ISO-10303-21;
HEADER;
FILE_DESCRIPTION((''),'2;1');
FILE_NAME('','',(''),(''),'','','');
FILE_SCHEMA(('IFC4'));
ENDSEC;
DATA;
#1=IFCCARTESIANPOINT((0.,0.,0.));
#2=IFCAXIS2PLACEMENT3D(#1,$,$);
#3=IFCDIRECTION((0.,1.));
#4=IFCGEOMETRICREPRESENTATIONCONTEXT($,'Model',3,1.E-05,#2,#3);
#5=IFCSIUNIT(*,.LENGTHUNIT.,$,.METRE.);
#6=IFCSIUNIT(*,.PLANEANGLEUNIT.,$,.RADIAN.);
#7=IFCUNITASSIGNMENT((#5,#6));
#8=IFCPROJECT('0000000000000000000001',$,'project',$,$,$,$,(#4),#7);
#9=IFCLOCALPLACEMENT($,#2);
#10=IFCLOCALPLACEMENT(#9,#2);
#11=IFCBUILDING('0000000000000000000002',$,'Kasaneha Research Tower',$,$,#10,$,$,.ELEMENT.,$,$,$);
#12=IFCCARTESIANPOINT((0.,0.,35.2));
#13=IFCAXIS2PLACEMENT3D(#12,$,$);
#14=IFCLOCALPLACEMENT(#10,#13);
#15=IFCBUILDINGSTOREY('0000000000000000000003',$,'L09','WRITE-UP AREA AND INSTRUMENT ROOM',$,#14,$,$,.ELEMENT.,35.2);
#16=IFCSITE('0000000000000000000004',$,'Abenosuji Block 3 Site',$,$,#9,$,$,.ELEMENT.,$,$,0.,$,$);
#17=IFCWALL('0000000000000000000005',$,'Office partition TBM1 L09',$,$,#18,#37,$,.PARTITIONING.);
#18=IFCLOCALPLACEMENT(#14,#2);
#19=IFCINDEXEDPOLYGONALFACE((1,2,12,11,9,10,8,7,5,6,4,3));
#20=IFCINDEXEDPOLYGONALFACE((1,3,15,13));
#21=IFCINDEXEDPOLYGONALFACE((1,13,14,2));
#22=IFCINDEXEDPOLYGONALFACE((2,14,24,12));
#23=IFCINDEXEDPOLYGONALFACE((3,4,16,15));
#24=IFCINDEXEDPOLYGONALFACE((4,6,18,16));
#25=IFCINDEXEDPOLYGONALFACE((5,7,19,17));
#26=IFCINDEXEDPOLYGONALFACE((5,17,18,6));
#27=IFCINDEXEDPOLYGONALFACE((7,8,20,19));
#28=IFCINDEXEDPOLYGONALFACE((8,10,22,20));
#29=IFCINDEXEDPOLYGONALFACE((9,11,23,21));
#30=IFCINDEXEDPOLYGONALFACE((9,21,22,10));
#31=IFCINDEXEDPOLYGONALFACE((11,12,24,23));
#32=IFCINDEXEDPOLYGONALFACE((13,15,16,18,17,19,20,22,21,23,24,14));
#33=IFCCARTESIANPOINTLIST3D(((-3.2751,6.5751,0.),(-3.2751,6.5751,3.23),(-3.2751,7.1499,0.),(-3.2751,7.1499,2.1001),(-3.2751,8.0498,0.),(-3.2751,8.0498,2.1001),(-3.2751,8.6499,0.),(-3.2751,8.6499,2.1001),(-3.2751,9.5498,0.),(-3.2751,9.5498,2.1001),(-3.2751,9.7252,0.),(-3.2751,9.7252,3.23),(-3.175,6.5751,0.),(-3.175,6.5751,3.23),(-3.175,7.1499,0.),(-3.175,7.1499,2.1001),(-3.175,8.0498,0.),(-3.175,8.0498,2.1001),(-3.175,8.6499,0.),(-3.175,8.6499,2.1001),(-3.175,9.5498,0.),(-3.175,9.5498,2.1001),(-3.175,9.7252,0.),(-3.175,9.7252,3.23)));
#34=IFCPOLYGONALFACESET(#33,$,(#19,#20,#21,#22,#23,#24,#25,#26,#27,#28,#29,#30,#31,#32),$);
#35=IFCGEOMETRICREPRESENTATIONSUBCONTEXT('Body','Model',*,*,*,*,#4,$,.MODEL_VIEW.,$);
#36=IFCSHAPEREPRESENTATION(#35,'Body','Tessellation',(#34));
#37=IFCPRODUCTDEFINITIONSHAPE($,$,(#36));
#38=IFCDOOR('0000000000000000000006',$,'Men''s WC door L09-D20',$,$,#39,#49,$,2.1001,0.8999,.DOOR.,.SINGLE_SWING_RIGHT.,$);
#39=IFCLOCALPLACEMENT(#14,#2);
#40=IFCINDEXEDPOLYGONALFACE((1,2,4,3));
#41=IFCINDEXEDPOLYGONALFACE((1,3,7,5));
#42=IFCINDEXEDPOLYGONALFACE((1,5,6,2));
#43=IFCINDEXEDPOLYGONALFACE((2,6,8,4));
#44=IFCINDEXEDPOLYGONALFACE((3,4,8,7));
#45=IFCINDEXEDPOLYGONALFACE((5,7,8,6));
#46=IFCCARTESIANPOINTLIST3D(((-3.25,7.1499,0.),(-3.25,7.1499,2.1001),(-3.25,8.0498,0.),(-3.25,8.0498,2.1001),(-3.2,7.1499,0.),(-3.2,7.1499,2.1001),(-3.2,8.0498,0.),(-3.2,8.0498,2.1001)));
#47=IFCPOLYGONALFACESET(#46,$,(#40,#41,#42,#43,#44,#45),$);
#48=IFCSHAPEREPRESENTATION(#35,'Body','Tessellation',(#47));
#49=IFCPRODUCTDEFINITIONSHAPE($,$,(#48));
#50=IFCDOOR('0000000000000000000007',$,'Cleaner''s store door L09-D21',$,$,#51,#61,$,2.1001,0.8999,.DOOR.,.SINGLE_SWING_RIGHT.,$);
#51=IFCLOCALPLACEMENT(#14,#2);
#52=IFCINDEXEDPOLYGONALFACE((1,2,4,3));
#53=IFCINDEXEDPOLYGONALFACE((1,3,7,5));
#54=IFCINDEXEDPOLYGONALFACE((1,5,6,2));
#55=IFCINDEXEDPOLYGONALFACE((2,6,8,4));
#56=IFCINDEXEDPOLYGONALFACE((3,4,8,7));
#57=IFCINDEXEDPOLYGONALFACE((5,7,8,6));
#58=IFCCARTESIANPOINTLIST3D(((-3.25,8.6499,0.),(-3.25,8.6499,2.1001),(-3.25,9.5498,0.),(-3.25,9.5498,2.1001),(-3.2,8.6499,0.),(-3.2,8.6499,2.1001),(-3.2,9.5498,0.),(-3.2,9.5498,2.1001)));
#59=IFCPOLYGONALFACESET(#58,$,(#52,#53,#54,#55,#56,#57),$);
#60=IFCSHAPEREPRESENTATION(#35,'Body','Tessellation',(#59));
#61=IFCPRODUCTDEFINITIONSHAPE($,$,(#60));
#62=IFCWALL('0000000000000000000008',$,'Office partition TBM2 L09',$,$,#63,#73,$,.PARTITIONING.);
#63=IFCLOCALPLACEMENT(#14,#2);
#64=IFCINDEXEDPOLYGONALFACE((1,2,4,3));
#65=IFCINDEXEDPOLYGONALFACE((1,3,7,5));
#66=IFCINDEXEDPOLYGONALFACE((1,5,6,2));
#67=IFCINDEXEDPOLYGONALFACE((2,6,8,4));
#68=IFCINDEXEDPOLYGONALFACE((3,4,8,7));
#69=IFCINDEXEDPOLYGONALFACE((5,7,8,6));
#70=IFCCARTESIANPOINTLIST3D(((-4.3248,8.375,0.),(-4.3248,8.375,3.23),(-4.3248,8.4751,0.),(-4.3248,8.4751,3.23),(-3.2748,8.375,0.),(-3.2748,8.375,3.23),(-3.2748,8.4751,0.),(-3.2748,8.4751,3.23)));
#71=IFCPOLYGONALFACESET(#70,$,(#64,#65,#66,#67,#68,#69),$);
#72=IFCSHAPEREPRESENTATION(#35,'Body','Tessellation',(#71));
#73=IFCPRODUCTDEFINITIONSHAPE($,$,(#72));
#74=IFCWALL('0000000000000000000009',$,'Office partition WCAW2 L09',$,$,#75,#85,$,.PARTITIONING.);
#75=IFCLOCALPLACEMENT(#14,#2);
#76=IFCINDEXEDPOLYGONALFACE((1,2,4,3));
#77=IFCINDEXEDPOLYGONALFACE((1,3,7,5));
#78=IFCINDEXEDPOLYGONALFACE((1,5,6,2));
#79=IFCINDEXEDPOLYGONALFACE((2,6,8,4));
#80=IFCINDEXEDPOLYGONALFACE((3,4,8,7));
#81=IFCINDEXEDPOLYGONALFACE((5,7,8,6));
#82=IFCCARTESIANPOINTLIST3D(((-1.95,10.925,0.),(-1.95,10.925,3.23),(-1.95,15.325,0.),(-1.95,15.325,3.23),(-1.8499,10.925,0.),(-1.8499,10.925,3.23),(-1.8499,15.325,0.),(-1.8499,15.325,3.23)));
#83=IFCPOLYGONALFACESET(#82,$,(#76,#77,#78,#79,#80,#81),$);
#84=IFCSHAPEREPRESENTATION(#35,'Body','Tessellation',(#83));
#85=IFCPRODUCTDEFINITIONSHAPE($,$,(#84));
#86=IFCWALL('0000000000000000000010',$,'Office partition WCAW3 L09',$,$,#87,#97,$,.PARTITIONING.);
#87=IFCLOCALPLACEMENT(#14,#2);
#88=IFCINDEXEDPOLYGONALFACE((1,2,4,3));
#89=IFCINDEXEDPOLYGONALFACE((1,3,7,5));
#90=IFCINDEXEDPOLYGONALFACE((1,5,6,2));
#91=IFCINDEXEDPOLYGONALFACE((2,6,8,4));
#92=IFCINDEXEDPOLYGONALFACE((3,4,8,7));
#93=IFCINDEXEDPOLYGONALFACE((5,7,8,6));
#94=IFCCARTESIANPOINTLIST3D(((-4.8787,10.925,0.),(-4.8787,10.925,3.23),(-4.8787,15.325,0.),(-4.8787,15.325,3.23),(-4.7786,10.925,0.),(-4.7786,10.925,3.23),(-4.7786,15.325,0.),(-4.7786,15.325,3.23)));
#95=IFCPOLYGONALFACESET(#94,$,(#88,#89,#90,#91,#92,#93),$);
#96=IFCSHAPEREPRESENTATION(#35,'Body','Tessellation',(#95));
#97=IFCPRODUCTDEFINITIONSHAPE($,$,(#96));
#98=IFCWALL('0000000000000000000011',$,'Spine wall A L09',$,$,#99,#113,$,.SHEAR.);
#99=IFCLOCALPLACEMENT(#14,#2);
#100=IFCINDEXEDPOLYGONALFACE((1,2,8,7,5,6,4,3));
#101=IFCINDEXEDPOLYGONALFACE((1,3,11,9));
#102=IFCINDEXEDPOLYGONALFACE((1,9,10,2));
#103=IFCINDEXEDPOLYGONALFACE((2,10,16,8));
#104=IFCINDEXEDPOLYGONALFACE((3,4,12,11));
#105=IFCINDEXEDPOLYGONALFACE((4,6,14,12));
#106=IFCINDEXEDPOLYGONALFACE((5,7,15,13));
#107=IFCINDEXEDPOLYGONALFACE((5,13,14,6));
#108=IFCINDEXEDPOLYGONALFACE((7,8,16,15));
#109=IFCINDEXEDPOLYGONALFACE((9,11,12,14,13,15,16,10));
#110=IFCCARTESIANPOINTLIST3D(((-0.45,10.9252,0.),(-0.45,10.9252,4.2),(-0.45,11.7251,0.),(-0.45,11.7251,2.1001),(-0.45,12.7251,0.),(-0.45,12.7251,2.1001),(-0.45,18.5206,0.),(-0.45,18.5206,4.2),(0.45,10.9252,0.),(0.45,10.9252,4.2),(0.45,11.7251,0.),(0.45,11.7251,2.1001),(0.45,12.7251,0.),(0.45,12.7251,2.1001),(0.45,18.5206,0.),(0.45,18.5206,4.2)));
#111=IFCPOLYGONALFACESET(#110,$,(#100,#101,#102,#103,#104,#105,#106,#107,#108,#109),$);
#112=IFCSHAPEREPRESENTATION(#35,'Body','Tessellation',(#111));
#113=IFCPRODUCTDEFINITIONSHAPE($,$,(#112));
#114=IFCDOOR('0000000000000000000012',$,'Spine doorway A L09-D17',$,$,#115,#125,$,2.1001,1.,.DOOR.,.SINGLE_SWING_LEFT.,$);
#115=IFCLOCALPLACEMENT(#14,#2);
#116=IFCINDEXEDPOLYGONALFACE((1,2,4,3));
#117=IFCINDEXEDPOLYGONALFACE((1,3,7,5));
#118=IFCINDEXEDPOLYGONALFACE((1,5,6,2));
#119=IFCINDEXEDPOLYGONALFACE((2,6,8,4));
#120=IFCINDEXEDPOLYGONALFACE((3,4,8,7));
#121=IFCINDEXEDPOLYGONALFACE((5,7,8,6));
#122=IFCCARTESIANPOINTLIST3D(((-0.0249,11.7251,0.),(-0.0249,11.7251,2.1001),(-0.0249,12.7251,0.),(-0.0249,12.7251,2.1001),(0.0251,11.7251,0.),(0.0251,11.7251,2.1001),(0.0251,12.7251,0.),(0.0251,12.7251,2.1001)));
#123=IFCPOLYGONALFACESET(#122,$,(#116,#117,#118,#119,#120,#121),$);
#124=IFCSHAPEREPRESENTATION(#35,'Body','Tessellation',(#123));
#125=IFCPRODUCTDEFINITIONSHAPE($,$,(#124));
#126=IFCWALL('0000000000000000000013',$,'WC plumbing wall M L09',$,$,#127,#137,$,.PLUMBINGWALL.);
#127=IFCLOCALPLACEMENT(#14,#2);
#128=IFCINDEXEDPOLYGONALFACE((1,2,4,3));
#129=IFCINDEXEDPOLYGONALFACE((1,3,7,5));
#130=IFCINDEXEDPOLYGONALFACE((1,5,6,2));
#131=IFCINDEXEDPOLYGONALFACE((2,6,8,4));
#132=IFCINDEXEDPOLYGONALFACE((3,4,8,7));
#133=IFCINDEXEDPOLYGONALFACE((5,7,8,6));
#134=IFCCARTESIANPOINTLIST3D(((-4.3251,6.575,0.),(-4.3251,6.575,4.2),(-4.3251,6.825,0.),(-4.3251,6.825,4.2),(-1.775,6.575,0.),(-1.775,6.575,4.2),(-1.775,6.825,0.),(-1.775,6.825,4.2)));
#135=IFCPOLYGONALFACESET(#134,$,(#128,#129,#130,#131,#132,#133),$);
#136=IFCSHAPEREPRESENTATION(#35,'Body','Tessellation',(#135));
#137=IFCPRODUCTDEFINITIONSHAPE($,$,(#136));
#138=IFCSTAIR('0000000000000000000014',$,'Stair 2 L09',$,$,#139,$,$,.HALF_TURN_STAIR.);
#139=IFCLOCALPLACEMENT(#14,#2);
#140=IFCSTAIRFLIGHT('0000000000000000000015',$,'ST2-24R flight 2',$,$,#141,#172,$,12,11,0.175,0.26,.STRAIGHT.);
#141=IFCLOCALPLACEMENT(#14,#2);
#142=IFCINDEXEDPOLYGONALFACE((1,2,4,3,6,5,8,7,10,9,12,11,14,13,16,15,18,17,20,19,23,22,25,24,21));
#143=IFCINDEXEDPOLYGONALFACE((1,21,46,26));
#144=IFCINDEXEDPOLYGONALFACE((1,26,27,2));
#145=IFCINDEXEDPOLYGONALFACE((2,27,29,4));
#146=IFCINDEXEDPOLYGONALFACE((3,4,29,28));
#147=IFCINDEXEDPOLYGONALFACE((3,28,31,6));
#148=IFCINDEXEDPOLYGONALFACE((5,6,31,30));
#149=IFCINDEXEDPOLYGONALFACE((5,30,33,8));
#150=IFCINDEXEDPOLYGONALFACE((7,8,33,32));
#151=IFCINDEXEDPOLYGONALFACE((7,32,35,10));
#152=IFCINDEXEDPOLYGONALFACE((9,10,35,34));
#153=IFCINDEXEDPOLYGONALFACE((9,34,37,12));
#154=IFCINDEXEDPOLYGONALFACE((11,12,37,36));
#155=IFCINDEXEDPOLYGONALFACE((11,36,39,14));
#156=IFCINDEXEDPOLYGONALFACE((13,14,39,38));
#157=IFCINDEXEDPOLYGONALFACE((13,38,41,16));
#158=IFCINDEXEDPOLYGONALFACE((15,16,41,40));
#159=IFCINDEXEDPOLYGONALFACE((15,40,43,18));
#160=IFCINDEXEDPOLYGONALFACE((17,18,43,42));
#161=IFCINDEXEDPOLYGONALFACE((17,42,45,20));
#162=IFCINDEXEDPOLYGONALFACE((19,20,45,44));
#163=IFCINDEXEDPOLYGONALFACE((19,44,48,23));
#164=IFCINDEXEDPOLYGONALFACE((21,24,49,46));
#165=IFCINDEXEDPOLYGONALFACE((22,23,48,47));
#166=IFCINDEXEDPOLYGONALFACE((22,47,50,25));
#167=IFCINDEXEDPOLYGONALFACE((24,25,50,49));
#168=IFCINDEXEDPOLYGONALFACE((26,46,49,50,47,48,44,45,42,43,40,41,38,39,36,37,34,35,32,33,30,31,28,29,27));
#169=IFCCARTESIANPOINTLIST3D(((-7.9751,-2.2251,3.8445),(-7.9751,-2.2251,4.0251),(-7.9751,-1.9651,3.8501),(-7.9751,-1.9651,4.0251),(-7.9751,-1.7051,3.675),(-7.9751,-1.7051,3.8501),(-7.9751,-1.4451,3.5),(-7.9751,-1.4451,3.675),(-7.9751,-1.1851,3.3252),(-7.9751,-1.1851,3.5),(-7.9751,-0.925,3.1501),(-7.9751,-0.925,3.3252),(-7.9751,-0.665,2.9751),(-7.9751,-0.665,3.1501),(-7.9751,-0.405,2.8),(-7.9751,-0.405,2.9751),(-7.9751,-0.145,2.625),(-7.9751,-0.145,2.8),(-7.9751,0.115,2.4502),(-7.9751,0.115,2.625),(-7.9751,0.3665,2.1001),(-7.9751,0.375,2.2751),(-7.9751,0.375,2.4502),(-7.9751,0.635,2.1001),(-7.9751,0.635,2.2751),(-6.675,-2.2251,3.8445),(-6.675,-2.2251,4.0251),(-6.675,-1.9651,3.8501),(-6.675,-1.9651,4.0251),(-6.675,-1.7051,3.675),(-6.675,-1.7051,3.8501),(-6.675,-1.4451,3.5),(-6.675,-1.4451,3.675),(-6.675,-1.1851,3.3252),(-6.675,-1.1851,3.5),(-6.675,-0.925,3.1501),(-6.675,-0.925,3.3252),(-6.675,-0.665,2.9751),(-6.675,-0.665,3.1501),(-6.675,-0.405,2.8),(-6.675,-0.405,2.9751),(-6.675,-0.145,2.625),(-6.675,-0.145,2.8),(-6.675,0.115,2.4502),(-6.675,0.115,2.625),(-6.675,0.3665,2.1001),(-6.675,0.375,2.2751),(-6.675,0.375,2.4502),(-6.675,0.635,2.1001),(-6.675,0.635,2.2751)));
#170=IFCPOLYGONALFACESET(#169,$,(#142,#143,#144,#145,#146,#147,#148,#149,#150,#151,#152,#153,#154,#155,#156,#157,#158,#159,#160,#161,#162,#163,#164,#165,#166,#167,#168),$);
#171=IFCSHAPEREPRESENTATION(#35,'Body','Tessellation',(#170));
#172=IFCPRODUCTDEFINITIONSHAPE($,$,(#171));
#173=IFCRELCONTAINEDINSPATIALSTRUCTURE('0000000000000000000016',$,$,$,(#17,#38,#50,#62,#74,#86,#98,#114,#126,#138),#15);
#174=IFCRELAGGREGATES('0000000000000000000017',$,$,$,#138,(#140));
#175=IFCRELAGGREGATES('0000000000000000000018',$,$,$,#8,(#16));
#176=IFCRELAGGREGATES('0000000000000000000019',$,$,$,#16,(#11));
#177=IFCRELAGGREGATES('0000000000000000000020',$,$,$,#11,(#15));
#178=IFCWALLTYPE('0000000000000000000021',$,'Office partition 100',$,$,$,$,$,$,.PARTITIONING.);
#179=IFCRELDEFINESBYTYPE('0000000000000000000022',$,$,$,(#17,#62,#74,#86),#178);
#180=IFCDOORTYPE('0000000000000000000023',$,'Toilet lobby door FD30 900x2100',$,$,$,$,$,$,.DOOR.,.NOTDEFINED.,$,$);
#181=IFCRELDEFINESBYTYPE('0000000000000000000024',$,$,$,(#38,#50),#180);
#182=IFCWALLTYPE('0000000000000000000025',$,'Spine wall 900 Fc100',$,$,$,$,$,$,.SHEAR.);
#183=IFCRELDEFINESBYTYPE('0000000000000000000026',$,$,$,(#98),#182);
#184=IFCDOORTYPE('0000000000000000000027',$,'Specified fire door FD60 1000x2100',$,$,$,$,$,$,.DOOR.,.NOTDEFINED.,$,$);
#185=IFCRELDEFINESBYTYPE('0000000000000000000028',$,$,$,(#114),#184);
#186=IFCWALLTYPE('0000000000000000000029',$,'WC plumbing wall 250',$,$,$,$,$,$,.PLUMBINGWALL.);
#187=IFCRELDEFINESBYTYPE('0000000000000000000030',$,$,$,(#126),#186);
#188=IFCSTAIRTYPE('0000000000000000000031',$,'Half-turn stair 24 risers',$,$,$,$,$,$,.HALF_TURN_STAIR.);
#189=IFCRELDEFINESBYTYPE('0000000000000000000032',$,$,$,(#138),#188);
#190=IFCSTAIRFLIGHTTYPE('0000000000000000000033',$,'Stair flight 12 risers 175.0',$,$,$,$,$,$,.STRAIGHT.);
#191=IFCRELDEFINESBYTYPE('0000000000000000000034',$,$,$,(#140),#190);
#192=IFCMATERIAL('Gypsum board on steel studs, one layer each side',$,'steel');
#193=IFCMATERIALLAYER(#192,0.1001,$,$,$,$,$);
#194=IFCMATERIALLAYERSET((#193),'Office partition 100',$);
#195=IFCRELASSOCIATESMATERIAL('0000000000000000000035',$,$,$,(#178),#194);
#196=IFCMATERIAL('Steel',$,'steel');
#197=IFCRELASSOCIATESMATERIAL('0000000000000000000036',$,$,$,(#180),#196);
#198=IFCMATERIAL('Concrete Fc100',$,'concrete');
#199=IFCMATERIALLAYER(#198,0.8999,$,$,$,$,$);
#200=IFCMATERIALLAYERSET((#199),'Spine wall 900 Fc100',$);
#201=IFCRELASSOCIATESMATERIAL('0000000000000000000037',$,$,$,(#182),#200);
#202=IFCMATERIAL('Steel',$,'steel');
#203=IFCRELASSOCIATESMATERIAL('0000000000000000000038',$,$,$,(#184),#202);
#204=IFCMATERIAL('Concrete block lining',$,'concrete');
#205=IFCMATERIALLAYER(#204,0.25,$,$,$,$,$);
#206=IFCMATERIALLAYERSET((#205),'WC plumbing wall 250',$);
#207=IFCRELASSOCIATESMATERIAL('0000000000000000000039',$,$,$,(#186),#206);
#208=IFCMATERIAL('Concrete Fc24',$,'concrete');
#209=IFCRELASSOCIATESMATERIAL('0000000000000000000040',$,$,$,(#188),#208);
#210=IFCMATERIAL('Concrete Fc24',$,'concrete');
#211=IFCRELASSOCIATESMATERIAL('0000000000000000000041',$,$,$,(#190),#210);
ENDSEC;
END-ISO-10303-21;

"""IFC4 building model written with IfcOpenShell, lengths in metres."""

from ifc_helpers import new_model, si_unit, direction, frame, frame_2d, origin, place, context, subcontext, project, spatial, polyline, rectangle, outline, extrude, material, layer, layer_set, type_object, element, fill, aggregate, save


model = new_model("IFC4")

# Units and contexts
model_context = context("Model", 3, precision=1e-05, world=origin(), true_north=direction((0.0, 1.0)))
body_context = subcontext(model_context, "Body", "Model", "MODEL_VIEW")
ifc_project = project(units=[si_unit("LENGTHUNIT", "METRE"), si_unit("PLANEANGLEUNIT", "RADIAN")], contexts=[model_context])

# Site, building, storey
site_placement = place(None, origin())
site = spatial("IfcSite", under=ifc_project, at=site_placement, Name="Abenosuji Block 3 Site", CompositionType="ELEMENT", RefElevation=0.0)
building_placement = place(site_placement, origin())
building = spatial("IfcBuilding", under=site, at=building_placement, Name="Kasaneha Research Tower", CompositionType="ELEMENT")
storey_placement = place(building_placement, frame((0.0, 0.0, 35.2)))
storey = spatial("IfcBuildingStorey", under=building, at=storey_placement, Name="L09", Description="WRITE-UP AREA AND INSTRUMENT ROOM", CompositionType="ELEMENT", Elevation=35.2)

# Wall, openings, doors
ifc_material_1 = material(Name="Gypsum board on steel studs, one layer each side", Category="steel")
ifc_layer_1 = layer(ifc_material_1, 0.1001)
ifc_layer_set_1 = layer_set([ifc_layer_1], Name="Office partition 100")
wall_type_1 = type_object("IfcWallType", Name="Office partition 100", PredefinedType="PARTITIONING", material=ifc_layer_set_1)
wall_1_placement = place(storey_placement, frame((-3.2251, 6.575, 0.0), z_axis=(0.0, 0.0, 1.0), x_axis=(0.0, 1.0, 0.0)))
wall_1 = element("IfcWall", 1, at=wall_1_placement, inside=storey, type_object=wall_type_1, Name="Office partition TBM1 L09", PredefinedType="PARTITIONING", context=body_context, shape_type="SweptSolid", body=[
    extrude(rectangle(XDim=3.1501, YDim=0.1001, at=frame_2d((1.5752, 0.0))), origin(), (0.0, 0.0, 1.0), 3.23),
])
opening_1_placement = place(wall_1_placement, frame((0.575, 0.0, 0.0)))
opening_1 = element("IfcOpeningElement", 2, at=opening_1_placement, cuts=wall_1, PredefinedType="OPENING", context=body_context, shape_type="SweptSolid", body=[
    extrude(rectangle(XDim=0.8999, YDim=2.1001, at=frame_2d((0.45, 1.05))), frame((0.0, 0.0601, 0.0), z_axis=(0.0, -1.0, 0.0), x_axis=(1.0, 0.0, 0.0)), (0.0, 0.0, 1.0), 0.1201),
])
opening_2_placement = place(wall_1_placement, frame((2.075, 0.0, 0.0)))
opening_2 = element("IfcOpeningElement", 3, at=opening_2_placement, cuts=wall_1, PredefinedType="OPENING", context=body_context, shape_type="SweptSolid", body=[
    extrude(rectangle(XDim=0.8999, YDim=2.1001, at=frame_2d((0.45, 1.05))), frame((0.0, 0.0601, 0.0), z_axis=(0.0, -1.0, 0.0), x_axis=(1.0, 0.0, 0.0)), (0.0, 0.0, 1.0), 0.1201),
])
ifc_material_2 = material(Name="Steel", Category="steel")
door_type_1 = type_object("IfcDoorType", Name="Toilet lobby door FD30 900x2100", OperationType="NOTDEFINED", PredefinedType="DOOR", material=ifc_material_2)
door_1_placement = place(opening_1_placement, origin())
door_1 = element("IfcDoor", 4, at=door_1_placement, inside=storey, type_object=door_type_1, Name="Men's WC door L09-D20", OperationType="SINGLE_SWING_RIGHT", OverallHeight=2.1001, OverallWidth=0.8999, PredefinedType="DOOR", context=body_context, shape_type="SweptSolid", body=[
    extrude(rectangle(XDim=0.8999, YDim=2.1001, at=frame_2d((0.45, 1.05))), frame((0.0, 0.0249, 0.0), z_axis=(0.0, -1.0, 0.0), x_axis=(1.0, 0.0, 0.0)), (0.0, 0.0, 1.0), 0.05),
])
fill(opening_1, door_1)
door_2_placement = place(opening_2_placement, origin())
door_2 = element("IfcDoor", 5, at=door_2_placement, inside=storey, type_object=door_type_1, Name="Cleaner's store door L09-D21", OperationType="SINGLE_SWING_RIGHT", OverallHeight=2.1001, OverallWidth=0.8999, PredefinedType="DOOR", context=body_context, shape_type="SweptSolid", body=[
    extrude(rectangle(XDim=0.8999, YDim=2.1001, at=frame_2d((0.45, 1.05))), frame((0.0, 0.0249, 0.0), z_axis=(0.0, -1.0, 0.0), x_axis=(1.0, 0.0, 0.0)), (0.0, 0.0, 1.0), 0.05),
])
fill(opening_2, door_2)

# Walls
wall_2_placement = place(storey_placement, frame((-3.2749, 8.425, 0.0), z_axis=(0.0, 0.0, 1.0), x_axis=(-1.0, 0.0, 0.0)))
element("IfcWall", 6, at=wall_2_placement, inside=storey, type_object=wall_type_1, Name="Office partition TBM2 L09", PredefinedType="PARTITIONING", context=body_context, shape_type="SweptSolid", body=[
    extrude(rectangle(XDim=1.05, YDim=0.1001, at=frame_2d((0.5249, 0.0))), origin(), (0.0, 0.0, 1.0), 3.23),
])
for number, where, z_axis, x_axis, name in (
    (7, (-1.8999, 10.925, 0.0), (0.0, 0.0, 1.0), (0.0, 1.0, 0.0), "Office partition WCAW2 L09"),
    (8, (-4.8286, 10.925, 0.0), (0.0, 0.0, 1.0), (0.0, 1.0, 0.0), "Office partition WCAW3 L09"),
):
    element("IfcWall", number, at=place(storey_placement, frame(where, z_axis=z_axis, x_axis=x_axis)), inside=storey, type_object=wall_type_1, Name=name, PredefinedType="PARTITIONING", context=body_context, shape_type="SweptSolid", body=[
        extrude(rectangle(XDim=4.3999, YDim=0.1001, at=frame_2d((2.2, 0.0))), origin(), (0.0, 0.0, 1.0), 3.23),
    ])

# Wall, opening, door
ifc_material_3 = material(Name="Concrete Fc100", Category="concrete")
ifc_layer_2 = layer(ifc_material_3, 0.8999)
ifc_layer_set_2 = layer_set([ifc_layer_2], Name="Spine wall 900 Fc100")
wall_type_2 = type_object("IfcWallType", Name="Spine wall 900 Fc100", PredefinedType="SHEAR", material=ifc_layer_set_2)
wall_3_placement = place(storey_placement, frame((0.0, 10.925, 0.0), z_axis=(0.0, 0.0, 1.0), x_axis=(0.0, 1.0, 0.0)))
wall_3 = element("IfcWall", 9, at=wall_3_placement, inside=storey, type_object=wall_type_2, Name="Spine wall A L09", PredefinedType="SHEAR", context=body_context, shape_type="SweptSolid", body=[
    extrude(rectangle(XDim=7.5955, YDim=0.8999, at=frame_2d((3.7979, 0.0))), origin(), (0.0, 0.0, 1.0), 4.2),
])
opening_3_placement = place(wall_3_placement, frame((0.8, 0.0, 0.0)))
opening_3 = element("IfcOpeningElement", 10, at=opening_3_placement, cuts=wall_3, PredefinedType="OPENING", context=body_context, shape_type="SweptSolid", body=[
    extrude(rectangle(XDim=1.0, YDim=2.1001, at=frame_2d((0.5, 1.05))), frame((0.0, 0.46, 0.0), z_axis=(0.0, -1.0, 0.0), x_axis=(1.0, 0.0, 0.0)), (0.0, 0.0, 1.0), 0.9199),
])
ifc_material_4 = material(Name="Steel", Category="steel")
door_type_2 = type_object("IfcDoorType", Name="Specified fire door FD60 1000x2100", OperationType="NOTDEFINED", PredefinedType="DOOR", material=ifc_material_4)
door_3_placement = place(opening_3_placement, origin())
door_3 = element("IfcDoor", 11, at=door_3_placement, inside=storey, type_object=door_type_2, Name="Spine doorway A L09-D17", OperationType="SINGLE_SWING_LEFT", OverallHeight=2.1001, OverallWidth=1.0, PredefinedType="DOOR", context=body_context, shape_type="SweptSolid", body=[
    extrude(rectangle(XDim=1.0, YDim=2.1001, at=frame_2d((0.5, 1.05))), frame((0.0, 0.0249, 0.0), z_axis=(0.0, -1.0, 0.0), x_axis=(1.0, 0.0, 0.0)), (0.0, 0.0, 1.0), 0.05),
])
fill(opening_3, door_3)

# Wall
ifc_material_5 = material(Name="Concrete block lining", Category="concrete")
ifc_layer_3 = layer(ifc_material_5, 0.25)
ifc_layer_set_3 = layer_set([ifc_layer_3], Name="WC plumbing wall 250")
wall_type_3 = type_object("IfcWallType", Name="WC plumbing wall 250", PredefinedType="PLUMBINGWALL", material=ifc_layer_set_3)
wall_4_placement = place(storey_placement, frame((-4.325, 6.7, 0.0), z_axis=(0.0, 0.0, 1.0), x_axis=(1.0, 0.0, 0.0)))
element("IfcWall", 12, at=wall_4_placement, inside=storey, type_object=wall_type_3, Name="WC plumbing wall M L09", PredefinedType="PLUMBINGWALL", context=body_context, shape_type="SweptSolid", body=[
    extrude(rectangle(XDim=2.55, YDim=0.25, at=frame_2d((1.2749, 0.0))), origin(), (0.0, 0.0, 1.0), 4.2),
])

# Stair, stair flight
ifc_material_6 = material(Name="Concrete Fc24", Category="concrete")
stair_type = type_object("IfcStairType", Name="Half-turn stair 24 risers", PredefinedType="HALF_TURN_STAIR", material=ifc_material_6)
stair_placement = place(storey_placement, origin())
stair = element("IfcStair", 13, at=stair_placement, inside=storey, type_object=stair_type, Name="Stair 2 L09", PredefinedType="HALF_TURN_STAIR")
ifc_material_7 = material(Name="Concrete Fc24", Category="concrete")
stair_flight_type = type_object("IfcStairFlightType", Name="Stair flight 12 risers 175.0", PredefinedType="STRAIGHT", material=ifc_material_7)
stair_flight_placement = place(storey_placement, frame((-7.325, 0.635, 2.1001), z_axis=(0.0, 0.0, 1.0), x_axis=(0.0, -1.0, 0.0)))
stair_flight = element("IfcStairFlight", 14, at=stair_flight_placement, type_object=stair_flight_type, Name="ST2-24R flight 2", NumberOfRisers=12, NumberOfTreads=11, PredefinedType="STRAIGHT", RiserHeight=0.175, TreadLength=0.26, context=body_context, shape_type="SweptSolid", body=[
    extrude(outline(polyline([(0.0, 0.0), (0.0, 0.175), (0.26, 0.175), (0.26, 0.3501), (0.52, 0.3501), (0.52, 0.5249), (0.78, 0.5249), (0.78, 0.7), (1.04, 0.7), (1.04, 0.875), (1.3, 0.875), (1.3, 1.05), (1.5601, 1.05), (1.5601, 1.2251), (1.8201, 1.2251), (1.8201, 1.3999), (2.0801, 1.3999), (2.0801, 1.575), (2.3401, 1.575), (2.3401, 1.75), (2.6001, 1.75), (2.6001, 1.925), (2.8601, 1.925), (2.8601, 2.1001), (2.8601, 1.7444), (0.2686, 0.0), (0.0, 0.0)])), frame((0.0, 0.6499, 0.0), z_axis=(0.0, -1.0, 0.0), x_axis=(1.0, 0.0, 0.0)), (0.0, 0.0, 1.0), 1.3),
])
aggregate(stair, [stair_flight])

save(model, "model.ifc")
